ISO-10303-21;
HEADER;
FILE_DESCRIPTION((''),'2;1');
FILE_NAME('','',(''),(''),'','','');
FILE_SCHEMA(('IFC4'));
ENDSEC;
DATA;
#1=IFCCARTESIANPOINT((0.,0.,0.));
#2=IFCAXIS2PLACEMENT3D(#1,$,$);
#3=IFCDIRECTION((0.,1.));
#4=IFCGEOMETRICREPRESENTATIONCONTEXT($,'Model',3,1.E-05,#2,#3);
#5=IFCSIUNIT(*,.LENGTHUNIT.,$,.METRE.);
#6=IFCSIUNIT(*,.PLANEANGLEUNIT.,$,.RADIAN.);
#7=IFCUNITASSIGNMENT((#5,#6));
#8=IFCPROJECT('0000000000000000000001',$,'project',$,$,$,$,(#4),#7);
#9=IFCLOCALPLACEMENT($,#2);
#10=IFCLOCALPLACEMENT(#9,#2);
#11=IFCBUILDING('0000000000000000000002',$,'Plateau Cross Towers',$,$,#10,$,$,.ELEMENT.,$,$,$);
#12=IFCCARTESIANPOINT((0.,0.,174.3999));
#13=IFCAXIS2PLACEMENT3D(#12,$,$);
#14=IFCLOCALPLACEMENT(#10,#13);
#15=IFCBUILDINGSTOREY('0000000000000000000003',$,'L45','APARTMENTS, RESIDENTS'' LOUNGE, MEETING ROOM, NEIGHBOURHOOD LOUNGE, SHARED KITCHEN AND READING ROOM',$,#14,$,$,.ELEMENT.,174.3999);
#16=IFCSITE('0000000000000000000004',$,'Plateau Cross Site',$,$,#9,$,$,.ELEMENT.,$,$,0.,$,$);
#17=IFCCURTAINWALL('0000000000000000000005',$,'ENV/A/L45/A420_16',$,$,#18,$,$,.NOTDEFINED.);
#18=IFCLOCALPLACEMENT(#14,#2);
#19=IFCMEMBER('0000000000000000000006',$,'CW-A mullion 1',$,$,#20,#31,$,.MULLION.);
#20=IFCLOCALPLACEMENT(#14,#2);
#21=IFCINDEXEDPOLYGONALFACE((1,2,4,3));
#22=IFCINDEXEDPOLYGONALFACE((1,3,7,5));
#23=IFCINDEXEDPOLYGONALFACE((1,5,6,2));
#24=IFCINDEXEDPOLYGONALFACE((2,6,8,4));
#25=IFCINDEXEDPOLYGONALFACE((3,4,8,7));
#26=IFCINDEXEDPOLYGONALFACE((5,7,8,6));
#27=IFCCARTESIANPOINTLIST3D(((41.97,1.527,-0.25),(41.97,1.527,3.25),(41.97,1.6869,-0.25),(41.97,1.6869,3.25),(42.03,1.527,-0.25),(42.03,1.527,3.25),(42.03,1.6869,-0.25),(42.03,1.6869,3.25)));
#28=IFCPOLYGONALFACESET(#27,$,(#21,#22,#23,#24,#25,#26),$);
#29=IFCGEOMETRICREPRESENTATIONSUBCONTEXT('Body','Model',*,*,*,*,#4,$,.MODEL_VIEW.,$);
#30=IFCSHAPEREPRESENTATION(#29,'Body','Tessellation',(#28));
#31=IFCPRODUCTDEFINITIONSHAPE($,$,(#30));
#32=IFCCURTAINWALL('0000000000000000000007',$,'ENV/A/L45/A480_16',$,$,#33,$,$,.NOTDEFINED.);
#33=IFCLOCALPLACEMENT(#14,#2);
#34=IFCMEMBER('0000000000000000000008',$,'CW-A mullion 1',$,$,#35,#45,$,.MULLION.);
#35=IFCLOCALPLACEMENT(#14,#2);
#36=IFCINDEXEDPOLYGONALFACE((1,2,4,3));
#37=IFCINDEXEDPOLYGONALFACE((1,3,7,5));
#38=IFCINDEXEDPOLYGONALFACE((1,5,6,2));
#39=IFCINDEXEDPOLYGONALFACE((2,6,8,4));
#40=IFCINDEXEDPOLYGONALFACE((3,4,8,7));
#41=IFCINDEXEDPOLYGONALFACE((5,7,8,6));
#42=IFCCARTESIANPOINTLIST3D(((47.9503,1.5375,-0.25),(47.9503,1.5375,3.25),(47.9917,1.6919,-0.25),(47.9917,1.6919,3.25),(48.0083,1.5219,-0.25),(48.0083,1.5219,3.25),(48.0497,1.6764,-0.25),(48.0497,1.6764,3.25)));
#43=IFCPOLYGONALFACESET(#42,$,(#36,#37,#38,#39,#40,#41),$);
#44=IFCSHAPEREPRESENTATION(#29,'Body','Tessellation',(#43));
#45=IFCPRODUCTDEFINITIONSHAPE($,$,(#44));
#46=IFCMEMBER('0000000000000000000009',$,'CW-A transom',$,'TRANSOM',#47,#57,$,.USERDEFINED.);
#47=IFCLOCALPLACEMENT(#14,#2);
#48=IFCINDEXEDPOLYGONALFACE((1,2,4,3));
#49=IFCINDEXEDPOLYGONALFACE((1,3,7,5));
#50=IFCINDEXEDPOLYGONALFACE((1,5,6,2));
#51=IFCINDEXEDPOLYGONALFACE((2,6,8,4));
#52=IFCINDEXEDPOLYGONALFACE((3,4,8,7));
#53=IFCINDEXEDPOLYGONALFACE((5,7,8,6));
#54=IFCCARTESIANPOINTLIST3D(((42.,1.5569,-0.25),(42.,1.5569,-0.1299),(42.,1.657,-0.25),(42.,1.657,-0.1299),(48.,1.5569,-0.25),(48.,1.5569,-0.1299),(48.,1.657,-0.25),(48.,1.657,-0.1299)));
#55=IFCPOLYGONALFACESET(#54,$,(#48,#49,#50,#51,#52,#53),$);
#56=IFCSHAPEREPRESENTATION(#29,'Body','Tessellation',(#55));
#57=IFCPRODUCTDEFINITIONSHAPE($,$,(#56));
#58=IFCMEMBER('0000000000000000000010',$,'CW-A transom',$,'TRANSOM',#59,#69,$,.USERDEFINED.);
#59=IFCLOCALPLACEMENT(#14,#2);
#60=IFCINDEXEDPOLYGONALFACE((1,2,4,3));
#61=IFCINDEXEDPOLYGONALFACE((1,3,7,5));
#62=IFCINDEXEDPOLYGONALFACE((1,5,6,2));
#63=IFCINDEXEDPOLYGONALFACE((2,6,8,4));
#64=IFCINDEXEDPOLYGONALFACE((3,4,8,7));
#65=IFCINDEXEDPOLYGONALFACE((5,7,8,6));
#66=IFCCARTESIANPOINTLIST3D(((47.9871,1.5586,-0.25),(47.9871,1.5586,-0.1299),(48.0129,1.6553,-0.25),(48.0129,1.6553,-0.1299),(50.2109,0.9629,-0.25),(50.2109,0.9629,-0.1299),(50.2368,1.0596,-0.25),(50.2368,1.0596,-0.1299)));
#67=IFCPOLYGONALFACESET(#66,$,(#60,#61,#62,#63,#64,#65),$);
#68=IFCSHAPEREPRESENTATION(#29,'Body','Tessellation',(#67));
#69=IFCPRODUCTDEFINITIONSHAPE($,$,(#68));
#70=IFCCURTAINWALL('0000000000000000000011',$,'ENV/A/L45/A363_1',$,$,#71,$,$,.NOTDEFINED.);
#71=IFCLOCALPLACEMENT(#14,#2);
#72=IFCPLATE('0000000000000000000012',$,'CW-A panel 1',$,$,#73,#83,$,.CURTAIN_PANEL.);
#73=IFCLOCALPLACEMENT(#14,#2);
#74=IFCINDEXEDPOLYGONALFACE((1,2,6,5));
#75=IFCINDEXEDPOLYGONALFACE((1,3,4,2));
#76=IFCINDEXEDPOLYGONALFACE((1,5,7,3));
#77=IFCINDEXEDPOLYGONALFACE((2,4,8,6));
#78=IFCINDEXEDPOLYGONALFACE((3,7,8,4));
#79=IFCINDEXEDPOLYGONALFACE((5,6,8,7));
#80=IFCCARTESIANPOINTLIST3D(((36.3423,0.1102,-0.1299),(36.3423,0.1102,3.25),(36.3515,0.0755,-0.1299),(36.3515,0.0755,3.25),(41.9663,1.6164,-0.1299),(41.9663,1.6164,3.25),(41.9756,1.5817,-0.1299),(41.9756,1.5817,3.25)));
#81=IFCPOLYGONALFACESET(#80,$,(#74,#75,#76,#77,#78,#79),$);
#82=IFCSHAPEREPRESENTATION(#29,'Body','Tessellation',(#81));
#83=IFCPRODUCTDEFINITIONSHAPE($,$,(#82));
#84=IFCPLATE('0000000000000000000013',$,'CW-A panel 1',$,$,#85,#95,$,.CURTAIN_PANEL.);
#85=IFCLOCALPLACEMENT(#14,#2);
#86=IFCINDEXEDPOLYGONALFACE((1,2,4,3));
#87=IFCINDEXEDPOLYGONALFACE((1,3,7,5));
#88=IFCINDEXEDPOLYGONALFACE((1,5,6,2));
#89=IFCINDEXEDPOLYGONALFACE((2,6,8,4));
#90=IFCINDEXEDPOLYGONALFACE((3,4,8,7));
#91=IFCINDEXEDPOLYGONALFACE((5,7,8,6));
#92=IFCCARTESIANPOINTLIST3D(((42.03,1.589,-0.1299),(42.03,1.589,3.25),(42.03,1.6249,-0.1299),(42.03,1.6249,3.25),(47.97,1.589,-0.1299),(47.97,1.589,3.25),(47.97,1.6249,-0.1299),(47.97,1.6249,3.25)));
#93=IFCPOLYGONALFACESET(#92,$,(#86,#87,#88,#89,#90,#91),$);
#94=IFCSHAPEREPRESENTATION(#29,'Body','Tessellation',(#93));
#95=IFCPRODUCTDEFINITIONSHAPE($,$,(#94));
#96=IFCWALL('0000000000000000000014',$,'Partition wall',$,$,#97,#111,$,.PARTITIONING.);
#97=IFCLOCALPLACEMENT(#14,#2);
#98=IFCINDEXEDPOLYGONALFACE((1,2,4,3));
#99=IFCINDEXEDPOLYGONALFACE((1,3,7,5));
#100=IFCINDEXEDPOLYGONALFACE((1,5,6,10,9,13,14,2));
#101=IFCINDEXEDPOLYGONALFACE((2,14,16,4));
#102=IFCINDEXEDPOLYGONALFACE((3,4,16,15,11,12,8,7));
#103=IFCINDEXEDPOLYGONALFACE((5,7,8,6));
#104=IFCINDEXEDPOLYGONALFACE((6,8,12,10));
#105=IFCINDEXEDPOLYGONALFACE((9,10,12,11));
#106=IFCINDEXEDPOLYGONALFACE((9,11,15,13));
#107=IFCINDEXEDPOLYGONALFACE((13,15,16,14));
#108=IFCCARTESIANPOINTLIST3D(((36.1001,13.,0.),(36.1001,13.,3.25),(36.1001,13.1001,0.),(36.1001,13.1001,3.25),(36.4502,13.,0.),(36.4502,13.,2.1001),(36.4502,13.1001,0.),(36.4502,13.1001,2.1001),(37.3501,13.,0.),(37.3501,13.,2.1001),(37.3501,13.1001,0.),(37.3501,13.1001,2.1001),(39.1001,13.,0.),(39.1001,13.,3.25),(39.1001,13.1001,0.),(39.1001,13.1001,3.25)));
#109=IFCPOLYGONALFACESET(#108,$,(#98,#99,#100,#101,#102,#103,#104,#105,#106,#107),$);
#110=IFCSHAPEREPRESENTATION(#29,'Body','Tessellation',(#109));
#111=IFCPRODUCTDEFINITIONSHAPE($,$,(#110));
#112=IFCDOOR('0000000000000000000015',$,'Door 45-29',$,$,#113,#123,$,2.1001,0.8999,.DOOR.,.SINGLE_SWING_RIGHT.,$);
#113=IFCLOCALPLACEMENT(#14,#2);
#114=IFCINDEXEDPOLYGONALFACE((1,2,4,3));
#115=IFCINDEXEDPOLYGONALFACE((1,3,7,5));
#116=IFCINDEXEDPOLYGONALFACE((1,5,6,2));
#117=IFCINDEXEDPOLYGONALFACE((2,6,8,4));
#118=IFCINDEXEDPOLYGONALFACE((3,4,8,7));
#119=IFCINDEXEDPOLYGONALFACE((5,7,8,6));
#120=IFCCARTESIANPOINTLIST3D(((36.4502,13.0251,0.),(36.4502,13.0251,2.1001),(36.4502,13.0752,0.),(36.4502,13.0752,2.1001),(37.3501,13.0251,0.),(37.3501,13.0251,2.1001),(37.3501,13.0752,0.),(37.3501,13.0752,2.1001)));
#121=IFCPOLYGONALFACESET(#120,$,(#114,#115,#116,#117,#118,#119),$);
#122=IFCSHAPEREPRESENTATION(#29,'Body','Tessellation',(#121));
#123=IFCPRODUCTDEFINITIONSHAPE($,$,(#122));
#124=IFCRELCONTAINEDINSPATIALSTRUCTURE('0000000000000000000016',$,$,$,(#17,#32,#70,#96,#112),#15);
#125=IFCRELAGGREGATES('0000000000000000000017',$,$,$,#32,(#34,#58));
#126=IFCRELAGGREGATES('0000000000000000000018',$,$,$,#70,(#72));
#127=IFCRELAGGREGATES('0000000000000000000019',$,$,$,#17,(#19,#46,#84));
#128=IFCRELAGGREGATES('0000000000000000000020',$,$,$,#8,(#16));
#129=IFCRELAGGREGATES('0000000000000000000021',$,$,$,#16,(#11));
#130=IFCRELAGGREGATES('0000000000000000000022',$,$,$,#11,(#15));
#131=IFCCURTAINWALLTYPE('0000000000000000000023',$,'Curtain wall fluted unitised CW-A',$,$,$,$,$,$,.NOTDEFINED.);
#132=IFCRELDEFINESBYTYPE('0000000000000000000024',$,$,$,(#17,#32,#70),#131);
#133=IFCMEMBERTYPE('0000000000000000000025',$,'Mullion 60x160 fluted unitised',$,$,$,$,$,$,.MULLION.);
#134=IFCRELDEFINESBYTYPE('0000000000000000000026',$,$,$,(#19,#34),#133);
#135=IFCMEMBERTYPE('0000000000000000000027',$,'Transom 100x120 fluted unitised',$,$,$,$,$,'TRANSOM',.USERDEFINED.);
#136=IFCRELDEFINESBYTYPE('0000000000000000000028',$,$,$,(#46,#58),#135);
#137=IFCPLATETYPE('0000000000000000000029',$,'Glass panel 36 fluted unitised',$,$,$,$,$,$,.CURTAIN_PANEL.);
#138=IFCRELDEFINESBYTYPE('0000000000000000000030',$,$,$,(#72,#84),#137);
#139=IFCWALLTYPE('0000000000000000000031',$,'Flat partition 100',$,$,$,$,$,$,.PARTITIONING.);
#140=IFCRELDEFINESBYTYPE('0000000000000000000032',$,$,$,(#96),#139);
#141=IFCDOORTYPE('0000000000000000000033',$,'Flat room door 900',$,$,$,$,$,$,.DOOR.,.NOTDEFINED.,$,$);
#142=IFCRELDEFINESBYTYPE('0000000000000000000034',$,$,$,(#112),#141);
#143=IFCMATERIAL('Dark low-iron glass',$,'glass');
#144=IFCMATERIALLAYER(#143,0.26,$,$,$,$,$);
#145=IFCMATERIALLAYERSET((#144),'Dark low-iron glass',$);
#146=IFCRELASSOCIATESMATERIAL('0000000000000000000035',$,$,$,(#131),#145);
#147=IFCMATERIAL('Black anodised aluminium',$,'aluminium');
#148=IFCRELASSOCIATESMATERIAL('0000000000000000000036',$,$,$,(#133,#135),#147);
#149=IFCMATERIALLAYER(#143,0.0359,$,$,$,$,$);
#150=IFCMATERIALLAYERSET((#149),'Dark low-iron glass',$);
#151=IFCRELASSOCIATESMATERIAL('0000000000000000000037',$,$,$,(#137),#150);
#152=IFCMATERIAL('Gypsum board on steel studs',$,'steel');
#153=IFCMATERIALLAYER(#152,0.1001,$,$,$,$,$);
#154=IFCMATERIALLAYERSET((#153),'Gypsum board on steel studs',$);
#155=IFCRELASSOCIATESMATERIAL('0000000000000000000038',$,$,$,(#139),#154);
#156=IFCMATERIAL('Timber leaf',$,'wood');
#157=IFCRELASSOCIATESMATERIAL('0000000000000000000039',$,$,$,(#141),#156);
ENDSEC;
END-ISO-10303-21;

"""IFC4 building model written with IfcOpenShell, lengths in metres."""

from ifc_helpers import new_model, si_unit, direction, frame, frame_2d, origin, origin_2d, place, context, subcontext, project, spatial, rectangle, extrude, material, layer, layer_set, material_profile, profile_set, type_object, element, fill, aggregate, save


model = new_model("IFC4")

# Units and contexts
model_context = context("Model", 3, precision=1e-05, world=origin(), true_north=direction((0.0, 1.0)))
body_context = subcontext(model_context, "Body", "Model", "MODEL_VIEW")
ifc_project = project(units=[si_unit("LENGTHUNIT", "METRE"), si_unit("PLANEANGLEUNIT", "RADIAN")], contexts=[model_context])

# Site, building, storey
site_placement = place(None, origin())
site = spatial("IfcSite", under=ifc_project, at=site_placement, Name="Plateau Cross Site", CompositionType="ELEMENT", RefElevation=0.0)
building_placement = place(site_placement, origin())
building = spatial("IfcBuilding", under=site, at=building_placement, Name="Plateau Cross Towers", CompositionType="ELEMENT")
storey_placement = place(building_placement, frame((0.0, 0.0, 174.3999)))
storey = spatial("IfcBuildingStorey", under=building, at=storey_placement, Name="L45", Description="APARTMENTS, RESIDENTS' LOUNGE, MEETING ROOM, NEIGHBOURHOOD LOUNGE, SHARED KITCHEN AND READING ROOM", CompositionType="ELEMENT", Elevation=174.3999)

# Curtain walls, members
ifc_material_1 = material(Name="Dark low-iron glass", Category="glass")
ifc_layer_1 = layer(ifc_material_1, 0.26)
ifc_layer_set_1 = layer_set([ifc_layer_1], Name="Dark low-iron glass")
curtain_wall_type = type_object("IfcCurtainWallType", Name="Curtain wall fluted unitised CW-A", PredefinedType="NOTDEFINED", material=ifc_layer_set_1)
curtain_wall_1_placement = place(storey_placement, origin())
curtain_wall_1 = element("IfcCurtainWall", 1, at=curtain_wall_1_placement, inside=storey, type_object=curtain_wall_type, Name="ENV/A/L45/A420_16", PredefinedType="NOTDEFINED")
ifc_material_2 = material(Name="Black anodised aluminium", Category="aluminium")
ifc_material_profile_1 = material_profile(ifc_material_2, rectangle(XDim=0.0601, YDim=0.1599, at=origin_2d()), Name="MULLION 60x160")
ifc_profile_set_1 = profile_set([ifc_material_profile_1], Name="Black anodised aluminium")
member_type_1 = type_object("IfcMemberType", Name="Mullion 60x160 fluted unitised", PredefinedType="MULLION", material=ifc_profile_set_1)
member_1_placement = place(storey_placement, frame((42.0, 1.6069, -0.25), z_axis=(0.0, 0.0, 1.0), x_axis=(1.0, 0.0, 0.0)))
member_1 = element("IfcMember", 2, at=member_1_placement, type_object=member_type_1, Name="CW-A mullion 1", PredefinedType="MULLION", context=body_context, shape_type="SweptSolid", body=[
    extrude(rectangle(XDim=0.0601, YDim=0.1599, at=origin_2d()), origin(), (0.0, 0.0, 1.0), 3.5),
])
curtain_wall_2_placement = place(storey_placement, origin())
curtain_wall_2 = element("IfcCurtainWall", 3, at=curtain_wall_2_placement, inside=storey, type_object=curtain_wall_type, Name="ENV/A/L45/A480_16", PredefinedType="NOTDEFINED")
member_2_placement = place(storey_placement, frame((48.0, 1.6069, -0.25), z_axis=(0.0, 0.0, 1.0), x_axis=(0.965958, -0.258699, 0.0)))
member_2 = element("IfcMember", 4, at=member_2_placement, type_object=member_type_1, Name="CW-A mullion 1", PredefinedType="MULLION", context=body_context, shape_type="SweptSolid", body=[
    extrude(rectangle(XDim=0.0601, YDim=0.1599, at=origin_2d()), origin(), (0.0, 0.0, 1.0), 3.5),
])

# Members
ifc_material_profile_2 = material_profile(ifc_material_2, rectangle(XDim=0.1001, YDim=0.1201, at=origin_2d()), Name="TRANSOM 100x120")
ifc_profile_set_2 = profile_set([ifc_material_profile_2], Name="Black anodised aluminium")
member_type_2 = type_object("IfcMemberType", Name="Transom 100x120 fluted unitised", ElementType="TRANSOM", PredefinedType="USERDEFINED", material=ifc_profile_set_2)
member_3_placement = place(storey_placement, frame((42.0, 1.6069, -0.1899), z_axis=(1.0, 0.0, 0.0), x_axis=(0.0, 1.0, 0.0)))
member_3 = element("IfcMember", 5, at=member_3_placement, type_object=member_type_2, Name="CW-A transom", ObjectType="TRANSOM", PredefinedType="USERDEFINED", context=body_context, shape_type="SweptSolid", body=[
    extrude(rectangle(XDim=0.1001, YDim=0.1201, at=origin_2d()), origin(), (0.0, 0.0, 1.0), 6.0),
])
member_4_placement = place(storey_placement, frame((48.0, 1.6069, -0.1899), z_axis=(0.965946, -0.258745, 0.0), x_axis=(0.258745, 0.965946, 0.0)))
member_4 = element("IfcMember", 6, at=member_4_placement, type_object=member_type_2, Name="CW-A transom", ObjectType="TRANSOM", PredefinedType="USERDEFINED", context=body_context, shape_type="SweptSolid", body=[
    extrude(rectangle(XDim=0.1001, YDim=0.1201, at=origin_2d()), origin(), (0.0, 0.0, 1.0), 2.3022),
])
aggregate(curtain_wall_2, [member_2, member_4])

# Curtain wall, plate
curtain_wall_3_placement = place(storey_placement, origin())
curtain_wall_3 = element("IfcCurtainWall", 7, at=curtain_wall_3_placement, inside=storey, type_object=curtain_wall_type, Name="ENV/A/L45/A363_1", PredefinedType="NOTDEFINED")
ifc_layer_2 = layer(ifc_material_1, 0.0359)
ifc_layer_set_2 = layer_set([ifc_layer_2], Name="Dark low-iron glass")
plate_type = type_object("IfcPlateType", Name="Glass panel 36 fluted unitised", PredefinedType="CURTAIN_PANEL", material=ifc_layer_set_2)
plate_1_placement = place(storey_placement, frame((39.1589, 0.8459, -0.1299), z_axis=(0.0, 0.0, 1.0), x_axis=(0.965958, 0.258699, 0.0)))
plate_1 = element("IfcPlate", 8, at=plate_1_placement, type_object=plate_type, Name="CW-A panel 1", PredefinedType="CURTAIN_PANEL", context=body_context, shape_type="SweptSolid", body=[
    extrude(rectangle(XDim=5.8223, YDim=0.0359, at=origin_2d()), origin(), (0.0, 0.0, 1.0), 3.3799),
])
aggregate(curtain_wall_3, [plate_1])

# Plate
plate_2_placement = place(storey_placement, frame((45.0, 1.6069, -0.1299), z_axis=(0.0, 0.0, 1.0), x_axis=(1.0, 0.0, 0.0)))
plate_2 = element("IfcPlate", 9, at=plate_2_placement, type_object=plate_type, Name="CW-A panel 1", PredefinedType="CURTAIN_PANEL", context=body_context, shape_type="SweptSolid", body=[
    extrude(rectangle(XDim=5.9399, YDim=0.0359, at=origin_2d()), origin(), (0.0, 0.0, 1.0), 3.3799),
])
aggregate(curtain_wall_1, [member_1, member_3, plate_2])

# Wall, opening, door
ifc_material_3 = material(Name="Gypsum board on steel studs", Category="steel")
ifc_layer_3 = layer(ifc_material_3, 0.1001)
ifc_layer_set_3 = layer_set([ifc_layer_3], Name="Gypsum board on steel studs")
wall_type_1 = type_object("IfcWallType", Name="Flat partition 100", PredefinedType="PARTITIONING", material=ifc_layer_set_3)
wall_1_placement = place(storey_placement, frame((39.1001, 13.05, 0.0), z_axis=(0.0, 0.0, 1.0), x_axis=(-1.0, 0.0, 0.0)))
wall_1 = element("IfcWall", 10, at=wall_1_placement, inside=storey, type_object=wall_type_1, Name="Partition wall", PredefinedType="PARTITIONING", context=body_context, shape_type="SweptSolid", body=[
    extrude(rectangle(XDim=3.0, YDim=0.1001, at=frame_2d((1.5, 0.0))), origin(), (0.0, 0.0, 1.0), 3.25),
])
opening_1_placement = place(wall_1_placement, frame((1.75, 0.0, 0.0)))
opening_1 = element("IfcOpeningElement", 11, at=opening_1_placement, cuts=wall_1, PredefinedType="OPENING", context=body_context, shape_type="SweptSolid", body=[
    extrude(rectangle(XDim=0.8999, YDim=2.1001, at=frame_2d((0.45, 1.05))), frame((0.0, 0.0601, 0.0), z_axis=(0.0, -1.0, 0.0), x_axis=(1.0, 0.0, 0.0)), (0.0, 0.0, 1.0), 0.1201),
])
ifc_material_4 = material(Name="Timber leaf", Category="wood")
door_type_1 = type_object("IfcDoorType", Name="Flat room door 900", OperationType="NOTDEFINED", PredefinedType="DOOR", material=ifc_material_4)
door_1_placement = place(opening_1_placement, origin())
door_1 = element("IfcDoor", 12, at=door_1_placement, inside=storey, type_object=door_type_1, Name="Door 45-29", OperationType="SINGLE_SWING_RIGHT", OverallHeight=2.1001, OverallWidth=0.8999, PredefinedType="DOOR", context=body_context, shape_type="SweptSolid", body=[
    extrude(rectangle(XDim=0.8999, YDim=2.1001, at=frame_2d((0.45, 1.05))), frame((0.0, 0.0249, 0.0), z_axis=(0.0, -1.0, 0.0), x_axis=(1.0, 0.0, 0.0)), (0.0, 0.0, 1.0), 0.05),
])
fill(opening_1, door_1)

save(model, "model.ifc")
